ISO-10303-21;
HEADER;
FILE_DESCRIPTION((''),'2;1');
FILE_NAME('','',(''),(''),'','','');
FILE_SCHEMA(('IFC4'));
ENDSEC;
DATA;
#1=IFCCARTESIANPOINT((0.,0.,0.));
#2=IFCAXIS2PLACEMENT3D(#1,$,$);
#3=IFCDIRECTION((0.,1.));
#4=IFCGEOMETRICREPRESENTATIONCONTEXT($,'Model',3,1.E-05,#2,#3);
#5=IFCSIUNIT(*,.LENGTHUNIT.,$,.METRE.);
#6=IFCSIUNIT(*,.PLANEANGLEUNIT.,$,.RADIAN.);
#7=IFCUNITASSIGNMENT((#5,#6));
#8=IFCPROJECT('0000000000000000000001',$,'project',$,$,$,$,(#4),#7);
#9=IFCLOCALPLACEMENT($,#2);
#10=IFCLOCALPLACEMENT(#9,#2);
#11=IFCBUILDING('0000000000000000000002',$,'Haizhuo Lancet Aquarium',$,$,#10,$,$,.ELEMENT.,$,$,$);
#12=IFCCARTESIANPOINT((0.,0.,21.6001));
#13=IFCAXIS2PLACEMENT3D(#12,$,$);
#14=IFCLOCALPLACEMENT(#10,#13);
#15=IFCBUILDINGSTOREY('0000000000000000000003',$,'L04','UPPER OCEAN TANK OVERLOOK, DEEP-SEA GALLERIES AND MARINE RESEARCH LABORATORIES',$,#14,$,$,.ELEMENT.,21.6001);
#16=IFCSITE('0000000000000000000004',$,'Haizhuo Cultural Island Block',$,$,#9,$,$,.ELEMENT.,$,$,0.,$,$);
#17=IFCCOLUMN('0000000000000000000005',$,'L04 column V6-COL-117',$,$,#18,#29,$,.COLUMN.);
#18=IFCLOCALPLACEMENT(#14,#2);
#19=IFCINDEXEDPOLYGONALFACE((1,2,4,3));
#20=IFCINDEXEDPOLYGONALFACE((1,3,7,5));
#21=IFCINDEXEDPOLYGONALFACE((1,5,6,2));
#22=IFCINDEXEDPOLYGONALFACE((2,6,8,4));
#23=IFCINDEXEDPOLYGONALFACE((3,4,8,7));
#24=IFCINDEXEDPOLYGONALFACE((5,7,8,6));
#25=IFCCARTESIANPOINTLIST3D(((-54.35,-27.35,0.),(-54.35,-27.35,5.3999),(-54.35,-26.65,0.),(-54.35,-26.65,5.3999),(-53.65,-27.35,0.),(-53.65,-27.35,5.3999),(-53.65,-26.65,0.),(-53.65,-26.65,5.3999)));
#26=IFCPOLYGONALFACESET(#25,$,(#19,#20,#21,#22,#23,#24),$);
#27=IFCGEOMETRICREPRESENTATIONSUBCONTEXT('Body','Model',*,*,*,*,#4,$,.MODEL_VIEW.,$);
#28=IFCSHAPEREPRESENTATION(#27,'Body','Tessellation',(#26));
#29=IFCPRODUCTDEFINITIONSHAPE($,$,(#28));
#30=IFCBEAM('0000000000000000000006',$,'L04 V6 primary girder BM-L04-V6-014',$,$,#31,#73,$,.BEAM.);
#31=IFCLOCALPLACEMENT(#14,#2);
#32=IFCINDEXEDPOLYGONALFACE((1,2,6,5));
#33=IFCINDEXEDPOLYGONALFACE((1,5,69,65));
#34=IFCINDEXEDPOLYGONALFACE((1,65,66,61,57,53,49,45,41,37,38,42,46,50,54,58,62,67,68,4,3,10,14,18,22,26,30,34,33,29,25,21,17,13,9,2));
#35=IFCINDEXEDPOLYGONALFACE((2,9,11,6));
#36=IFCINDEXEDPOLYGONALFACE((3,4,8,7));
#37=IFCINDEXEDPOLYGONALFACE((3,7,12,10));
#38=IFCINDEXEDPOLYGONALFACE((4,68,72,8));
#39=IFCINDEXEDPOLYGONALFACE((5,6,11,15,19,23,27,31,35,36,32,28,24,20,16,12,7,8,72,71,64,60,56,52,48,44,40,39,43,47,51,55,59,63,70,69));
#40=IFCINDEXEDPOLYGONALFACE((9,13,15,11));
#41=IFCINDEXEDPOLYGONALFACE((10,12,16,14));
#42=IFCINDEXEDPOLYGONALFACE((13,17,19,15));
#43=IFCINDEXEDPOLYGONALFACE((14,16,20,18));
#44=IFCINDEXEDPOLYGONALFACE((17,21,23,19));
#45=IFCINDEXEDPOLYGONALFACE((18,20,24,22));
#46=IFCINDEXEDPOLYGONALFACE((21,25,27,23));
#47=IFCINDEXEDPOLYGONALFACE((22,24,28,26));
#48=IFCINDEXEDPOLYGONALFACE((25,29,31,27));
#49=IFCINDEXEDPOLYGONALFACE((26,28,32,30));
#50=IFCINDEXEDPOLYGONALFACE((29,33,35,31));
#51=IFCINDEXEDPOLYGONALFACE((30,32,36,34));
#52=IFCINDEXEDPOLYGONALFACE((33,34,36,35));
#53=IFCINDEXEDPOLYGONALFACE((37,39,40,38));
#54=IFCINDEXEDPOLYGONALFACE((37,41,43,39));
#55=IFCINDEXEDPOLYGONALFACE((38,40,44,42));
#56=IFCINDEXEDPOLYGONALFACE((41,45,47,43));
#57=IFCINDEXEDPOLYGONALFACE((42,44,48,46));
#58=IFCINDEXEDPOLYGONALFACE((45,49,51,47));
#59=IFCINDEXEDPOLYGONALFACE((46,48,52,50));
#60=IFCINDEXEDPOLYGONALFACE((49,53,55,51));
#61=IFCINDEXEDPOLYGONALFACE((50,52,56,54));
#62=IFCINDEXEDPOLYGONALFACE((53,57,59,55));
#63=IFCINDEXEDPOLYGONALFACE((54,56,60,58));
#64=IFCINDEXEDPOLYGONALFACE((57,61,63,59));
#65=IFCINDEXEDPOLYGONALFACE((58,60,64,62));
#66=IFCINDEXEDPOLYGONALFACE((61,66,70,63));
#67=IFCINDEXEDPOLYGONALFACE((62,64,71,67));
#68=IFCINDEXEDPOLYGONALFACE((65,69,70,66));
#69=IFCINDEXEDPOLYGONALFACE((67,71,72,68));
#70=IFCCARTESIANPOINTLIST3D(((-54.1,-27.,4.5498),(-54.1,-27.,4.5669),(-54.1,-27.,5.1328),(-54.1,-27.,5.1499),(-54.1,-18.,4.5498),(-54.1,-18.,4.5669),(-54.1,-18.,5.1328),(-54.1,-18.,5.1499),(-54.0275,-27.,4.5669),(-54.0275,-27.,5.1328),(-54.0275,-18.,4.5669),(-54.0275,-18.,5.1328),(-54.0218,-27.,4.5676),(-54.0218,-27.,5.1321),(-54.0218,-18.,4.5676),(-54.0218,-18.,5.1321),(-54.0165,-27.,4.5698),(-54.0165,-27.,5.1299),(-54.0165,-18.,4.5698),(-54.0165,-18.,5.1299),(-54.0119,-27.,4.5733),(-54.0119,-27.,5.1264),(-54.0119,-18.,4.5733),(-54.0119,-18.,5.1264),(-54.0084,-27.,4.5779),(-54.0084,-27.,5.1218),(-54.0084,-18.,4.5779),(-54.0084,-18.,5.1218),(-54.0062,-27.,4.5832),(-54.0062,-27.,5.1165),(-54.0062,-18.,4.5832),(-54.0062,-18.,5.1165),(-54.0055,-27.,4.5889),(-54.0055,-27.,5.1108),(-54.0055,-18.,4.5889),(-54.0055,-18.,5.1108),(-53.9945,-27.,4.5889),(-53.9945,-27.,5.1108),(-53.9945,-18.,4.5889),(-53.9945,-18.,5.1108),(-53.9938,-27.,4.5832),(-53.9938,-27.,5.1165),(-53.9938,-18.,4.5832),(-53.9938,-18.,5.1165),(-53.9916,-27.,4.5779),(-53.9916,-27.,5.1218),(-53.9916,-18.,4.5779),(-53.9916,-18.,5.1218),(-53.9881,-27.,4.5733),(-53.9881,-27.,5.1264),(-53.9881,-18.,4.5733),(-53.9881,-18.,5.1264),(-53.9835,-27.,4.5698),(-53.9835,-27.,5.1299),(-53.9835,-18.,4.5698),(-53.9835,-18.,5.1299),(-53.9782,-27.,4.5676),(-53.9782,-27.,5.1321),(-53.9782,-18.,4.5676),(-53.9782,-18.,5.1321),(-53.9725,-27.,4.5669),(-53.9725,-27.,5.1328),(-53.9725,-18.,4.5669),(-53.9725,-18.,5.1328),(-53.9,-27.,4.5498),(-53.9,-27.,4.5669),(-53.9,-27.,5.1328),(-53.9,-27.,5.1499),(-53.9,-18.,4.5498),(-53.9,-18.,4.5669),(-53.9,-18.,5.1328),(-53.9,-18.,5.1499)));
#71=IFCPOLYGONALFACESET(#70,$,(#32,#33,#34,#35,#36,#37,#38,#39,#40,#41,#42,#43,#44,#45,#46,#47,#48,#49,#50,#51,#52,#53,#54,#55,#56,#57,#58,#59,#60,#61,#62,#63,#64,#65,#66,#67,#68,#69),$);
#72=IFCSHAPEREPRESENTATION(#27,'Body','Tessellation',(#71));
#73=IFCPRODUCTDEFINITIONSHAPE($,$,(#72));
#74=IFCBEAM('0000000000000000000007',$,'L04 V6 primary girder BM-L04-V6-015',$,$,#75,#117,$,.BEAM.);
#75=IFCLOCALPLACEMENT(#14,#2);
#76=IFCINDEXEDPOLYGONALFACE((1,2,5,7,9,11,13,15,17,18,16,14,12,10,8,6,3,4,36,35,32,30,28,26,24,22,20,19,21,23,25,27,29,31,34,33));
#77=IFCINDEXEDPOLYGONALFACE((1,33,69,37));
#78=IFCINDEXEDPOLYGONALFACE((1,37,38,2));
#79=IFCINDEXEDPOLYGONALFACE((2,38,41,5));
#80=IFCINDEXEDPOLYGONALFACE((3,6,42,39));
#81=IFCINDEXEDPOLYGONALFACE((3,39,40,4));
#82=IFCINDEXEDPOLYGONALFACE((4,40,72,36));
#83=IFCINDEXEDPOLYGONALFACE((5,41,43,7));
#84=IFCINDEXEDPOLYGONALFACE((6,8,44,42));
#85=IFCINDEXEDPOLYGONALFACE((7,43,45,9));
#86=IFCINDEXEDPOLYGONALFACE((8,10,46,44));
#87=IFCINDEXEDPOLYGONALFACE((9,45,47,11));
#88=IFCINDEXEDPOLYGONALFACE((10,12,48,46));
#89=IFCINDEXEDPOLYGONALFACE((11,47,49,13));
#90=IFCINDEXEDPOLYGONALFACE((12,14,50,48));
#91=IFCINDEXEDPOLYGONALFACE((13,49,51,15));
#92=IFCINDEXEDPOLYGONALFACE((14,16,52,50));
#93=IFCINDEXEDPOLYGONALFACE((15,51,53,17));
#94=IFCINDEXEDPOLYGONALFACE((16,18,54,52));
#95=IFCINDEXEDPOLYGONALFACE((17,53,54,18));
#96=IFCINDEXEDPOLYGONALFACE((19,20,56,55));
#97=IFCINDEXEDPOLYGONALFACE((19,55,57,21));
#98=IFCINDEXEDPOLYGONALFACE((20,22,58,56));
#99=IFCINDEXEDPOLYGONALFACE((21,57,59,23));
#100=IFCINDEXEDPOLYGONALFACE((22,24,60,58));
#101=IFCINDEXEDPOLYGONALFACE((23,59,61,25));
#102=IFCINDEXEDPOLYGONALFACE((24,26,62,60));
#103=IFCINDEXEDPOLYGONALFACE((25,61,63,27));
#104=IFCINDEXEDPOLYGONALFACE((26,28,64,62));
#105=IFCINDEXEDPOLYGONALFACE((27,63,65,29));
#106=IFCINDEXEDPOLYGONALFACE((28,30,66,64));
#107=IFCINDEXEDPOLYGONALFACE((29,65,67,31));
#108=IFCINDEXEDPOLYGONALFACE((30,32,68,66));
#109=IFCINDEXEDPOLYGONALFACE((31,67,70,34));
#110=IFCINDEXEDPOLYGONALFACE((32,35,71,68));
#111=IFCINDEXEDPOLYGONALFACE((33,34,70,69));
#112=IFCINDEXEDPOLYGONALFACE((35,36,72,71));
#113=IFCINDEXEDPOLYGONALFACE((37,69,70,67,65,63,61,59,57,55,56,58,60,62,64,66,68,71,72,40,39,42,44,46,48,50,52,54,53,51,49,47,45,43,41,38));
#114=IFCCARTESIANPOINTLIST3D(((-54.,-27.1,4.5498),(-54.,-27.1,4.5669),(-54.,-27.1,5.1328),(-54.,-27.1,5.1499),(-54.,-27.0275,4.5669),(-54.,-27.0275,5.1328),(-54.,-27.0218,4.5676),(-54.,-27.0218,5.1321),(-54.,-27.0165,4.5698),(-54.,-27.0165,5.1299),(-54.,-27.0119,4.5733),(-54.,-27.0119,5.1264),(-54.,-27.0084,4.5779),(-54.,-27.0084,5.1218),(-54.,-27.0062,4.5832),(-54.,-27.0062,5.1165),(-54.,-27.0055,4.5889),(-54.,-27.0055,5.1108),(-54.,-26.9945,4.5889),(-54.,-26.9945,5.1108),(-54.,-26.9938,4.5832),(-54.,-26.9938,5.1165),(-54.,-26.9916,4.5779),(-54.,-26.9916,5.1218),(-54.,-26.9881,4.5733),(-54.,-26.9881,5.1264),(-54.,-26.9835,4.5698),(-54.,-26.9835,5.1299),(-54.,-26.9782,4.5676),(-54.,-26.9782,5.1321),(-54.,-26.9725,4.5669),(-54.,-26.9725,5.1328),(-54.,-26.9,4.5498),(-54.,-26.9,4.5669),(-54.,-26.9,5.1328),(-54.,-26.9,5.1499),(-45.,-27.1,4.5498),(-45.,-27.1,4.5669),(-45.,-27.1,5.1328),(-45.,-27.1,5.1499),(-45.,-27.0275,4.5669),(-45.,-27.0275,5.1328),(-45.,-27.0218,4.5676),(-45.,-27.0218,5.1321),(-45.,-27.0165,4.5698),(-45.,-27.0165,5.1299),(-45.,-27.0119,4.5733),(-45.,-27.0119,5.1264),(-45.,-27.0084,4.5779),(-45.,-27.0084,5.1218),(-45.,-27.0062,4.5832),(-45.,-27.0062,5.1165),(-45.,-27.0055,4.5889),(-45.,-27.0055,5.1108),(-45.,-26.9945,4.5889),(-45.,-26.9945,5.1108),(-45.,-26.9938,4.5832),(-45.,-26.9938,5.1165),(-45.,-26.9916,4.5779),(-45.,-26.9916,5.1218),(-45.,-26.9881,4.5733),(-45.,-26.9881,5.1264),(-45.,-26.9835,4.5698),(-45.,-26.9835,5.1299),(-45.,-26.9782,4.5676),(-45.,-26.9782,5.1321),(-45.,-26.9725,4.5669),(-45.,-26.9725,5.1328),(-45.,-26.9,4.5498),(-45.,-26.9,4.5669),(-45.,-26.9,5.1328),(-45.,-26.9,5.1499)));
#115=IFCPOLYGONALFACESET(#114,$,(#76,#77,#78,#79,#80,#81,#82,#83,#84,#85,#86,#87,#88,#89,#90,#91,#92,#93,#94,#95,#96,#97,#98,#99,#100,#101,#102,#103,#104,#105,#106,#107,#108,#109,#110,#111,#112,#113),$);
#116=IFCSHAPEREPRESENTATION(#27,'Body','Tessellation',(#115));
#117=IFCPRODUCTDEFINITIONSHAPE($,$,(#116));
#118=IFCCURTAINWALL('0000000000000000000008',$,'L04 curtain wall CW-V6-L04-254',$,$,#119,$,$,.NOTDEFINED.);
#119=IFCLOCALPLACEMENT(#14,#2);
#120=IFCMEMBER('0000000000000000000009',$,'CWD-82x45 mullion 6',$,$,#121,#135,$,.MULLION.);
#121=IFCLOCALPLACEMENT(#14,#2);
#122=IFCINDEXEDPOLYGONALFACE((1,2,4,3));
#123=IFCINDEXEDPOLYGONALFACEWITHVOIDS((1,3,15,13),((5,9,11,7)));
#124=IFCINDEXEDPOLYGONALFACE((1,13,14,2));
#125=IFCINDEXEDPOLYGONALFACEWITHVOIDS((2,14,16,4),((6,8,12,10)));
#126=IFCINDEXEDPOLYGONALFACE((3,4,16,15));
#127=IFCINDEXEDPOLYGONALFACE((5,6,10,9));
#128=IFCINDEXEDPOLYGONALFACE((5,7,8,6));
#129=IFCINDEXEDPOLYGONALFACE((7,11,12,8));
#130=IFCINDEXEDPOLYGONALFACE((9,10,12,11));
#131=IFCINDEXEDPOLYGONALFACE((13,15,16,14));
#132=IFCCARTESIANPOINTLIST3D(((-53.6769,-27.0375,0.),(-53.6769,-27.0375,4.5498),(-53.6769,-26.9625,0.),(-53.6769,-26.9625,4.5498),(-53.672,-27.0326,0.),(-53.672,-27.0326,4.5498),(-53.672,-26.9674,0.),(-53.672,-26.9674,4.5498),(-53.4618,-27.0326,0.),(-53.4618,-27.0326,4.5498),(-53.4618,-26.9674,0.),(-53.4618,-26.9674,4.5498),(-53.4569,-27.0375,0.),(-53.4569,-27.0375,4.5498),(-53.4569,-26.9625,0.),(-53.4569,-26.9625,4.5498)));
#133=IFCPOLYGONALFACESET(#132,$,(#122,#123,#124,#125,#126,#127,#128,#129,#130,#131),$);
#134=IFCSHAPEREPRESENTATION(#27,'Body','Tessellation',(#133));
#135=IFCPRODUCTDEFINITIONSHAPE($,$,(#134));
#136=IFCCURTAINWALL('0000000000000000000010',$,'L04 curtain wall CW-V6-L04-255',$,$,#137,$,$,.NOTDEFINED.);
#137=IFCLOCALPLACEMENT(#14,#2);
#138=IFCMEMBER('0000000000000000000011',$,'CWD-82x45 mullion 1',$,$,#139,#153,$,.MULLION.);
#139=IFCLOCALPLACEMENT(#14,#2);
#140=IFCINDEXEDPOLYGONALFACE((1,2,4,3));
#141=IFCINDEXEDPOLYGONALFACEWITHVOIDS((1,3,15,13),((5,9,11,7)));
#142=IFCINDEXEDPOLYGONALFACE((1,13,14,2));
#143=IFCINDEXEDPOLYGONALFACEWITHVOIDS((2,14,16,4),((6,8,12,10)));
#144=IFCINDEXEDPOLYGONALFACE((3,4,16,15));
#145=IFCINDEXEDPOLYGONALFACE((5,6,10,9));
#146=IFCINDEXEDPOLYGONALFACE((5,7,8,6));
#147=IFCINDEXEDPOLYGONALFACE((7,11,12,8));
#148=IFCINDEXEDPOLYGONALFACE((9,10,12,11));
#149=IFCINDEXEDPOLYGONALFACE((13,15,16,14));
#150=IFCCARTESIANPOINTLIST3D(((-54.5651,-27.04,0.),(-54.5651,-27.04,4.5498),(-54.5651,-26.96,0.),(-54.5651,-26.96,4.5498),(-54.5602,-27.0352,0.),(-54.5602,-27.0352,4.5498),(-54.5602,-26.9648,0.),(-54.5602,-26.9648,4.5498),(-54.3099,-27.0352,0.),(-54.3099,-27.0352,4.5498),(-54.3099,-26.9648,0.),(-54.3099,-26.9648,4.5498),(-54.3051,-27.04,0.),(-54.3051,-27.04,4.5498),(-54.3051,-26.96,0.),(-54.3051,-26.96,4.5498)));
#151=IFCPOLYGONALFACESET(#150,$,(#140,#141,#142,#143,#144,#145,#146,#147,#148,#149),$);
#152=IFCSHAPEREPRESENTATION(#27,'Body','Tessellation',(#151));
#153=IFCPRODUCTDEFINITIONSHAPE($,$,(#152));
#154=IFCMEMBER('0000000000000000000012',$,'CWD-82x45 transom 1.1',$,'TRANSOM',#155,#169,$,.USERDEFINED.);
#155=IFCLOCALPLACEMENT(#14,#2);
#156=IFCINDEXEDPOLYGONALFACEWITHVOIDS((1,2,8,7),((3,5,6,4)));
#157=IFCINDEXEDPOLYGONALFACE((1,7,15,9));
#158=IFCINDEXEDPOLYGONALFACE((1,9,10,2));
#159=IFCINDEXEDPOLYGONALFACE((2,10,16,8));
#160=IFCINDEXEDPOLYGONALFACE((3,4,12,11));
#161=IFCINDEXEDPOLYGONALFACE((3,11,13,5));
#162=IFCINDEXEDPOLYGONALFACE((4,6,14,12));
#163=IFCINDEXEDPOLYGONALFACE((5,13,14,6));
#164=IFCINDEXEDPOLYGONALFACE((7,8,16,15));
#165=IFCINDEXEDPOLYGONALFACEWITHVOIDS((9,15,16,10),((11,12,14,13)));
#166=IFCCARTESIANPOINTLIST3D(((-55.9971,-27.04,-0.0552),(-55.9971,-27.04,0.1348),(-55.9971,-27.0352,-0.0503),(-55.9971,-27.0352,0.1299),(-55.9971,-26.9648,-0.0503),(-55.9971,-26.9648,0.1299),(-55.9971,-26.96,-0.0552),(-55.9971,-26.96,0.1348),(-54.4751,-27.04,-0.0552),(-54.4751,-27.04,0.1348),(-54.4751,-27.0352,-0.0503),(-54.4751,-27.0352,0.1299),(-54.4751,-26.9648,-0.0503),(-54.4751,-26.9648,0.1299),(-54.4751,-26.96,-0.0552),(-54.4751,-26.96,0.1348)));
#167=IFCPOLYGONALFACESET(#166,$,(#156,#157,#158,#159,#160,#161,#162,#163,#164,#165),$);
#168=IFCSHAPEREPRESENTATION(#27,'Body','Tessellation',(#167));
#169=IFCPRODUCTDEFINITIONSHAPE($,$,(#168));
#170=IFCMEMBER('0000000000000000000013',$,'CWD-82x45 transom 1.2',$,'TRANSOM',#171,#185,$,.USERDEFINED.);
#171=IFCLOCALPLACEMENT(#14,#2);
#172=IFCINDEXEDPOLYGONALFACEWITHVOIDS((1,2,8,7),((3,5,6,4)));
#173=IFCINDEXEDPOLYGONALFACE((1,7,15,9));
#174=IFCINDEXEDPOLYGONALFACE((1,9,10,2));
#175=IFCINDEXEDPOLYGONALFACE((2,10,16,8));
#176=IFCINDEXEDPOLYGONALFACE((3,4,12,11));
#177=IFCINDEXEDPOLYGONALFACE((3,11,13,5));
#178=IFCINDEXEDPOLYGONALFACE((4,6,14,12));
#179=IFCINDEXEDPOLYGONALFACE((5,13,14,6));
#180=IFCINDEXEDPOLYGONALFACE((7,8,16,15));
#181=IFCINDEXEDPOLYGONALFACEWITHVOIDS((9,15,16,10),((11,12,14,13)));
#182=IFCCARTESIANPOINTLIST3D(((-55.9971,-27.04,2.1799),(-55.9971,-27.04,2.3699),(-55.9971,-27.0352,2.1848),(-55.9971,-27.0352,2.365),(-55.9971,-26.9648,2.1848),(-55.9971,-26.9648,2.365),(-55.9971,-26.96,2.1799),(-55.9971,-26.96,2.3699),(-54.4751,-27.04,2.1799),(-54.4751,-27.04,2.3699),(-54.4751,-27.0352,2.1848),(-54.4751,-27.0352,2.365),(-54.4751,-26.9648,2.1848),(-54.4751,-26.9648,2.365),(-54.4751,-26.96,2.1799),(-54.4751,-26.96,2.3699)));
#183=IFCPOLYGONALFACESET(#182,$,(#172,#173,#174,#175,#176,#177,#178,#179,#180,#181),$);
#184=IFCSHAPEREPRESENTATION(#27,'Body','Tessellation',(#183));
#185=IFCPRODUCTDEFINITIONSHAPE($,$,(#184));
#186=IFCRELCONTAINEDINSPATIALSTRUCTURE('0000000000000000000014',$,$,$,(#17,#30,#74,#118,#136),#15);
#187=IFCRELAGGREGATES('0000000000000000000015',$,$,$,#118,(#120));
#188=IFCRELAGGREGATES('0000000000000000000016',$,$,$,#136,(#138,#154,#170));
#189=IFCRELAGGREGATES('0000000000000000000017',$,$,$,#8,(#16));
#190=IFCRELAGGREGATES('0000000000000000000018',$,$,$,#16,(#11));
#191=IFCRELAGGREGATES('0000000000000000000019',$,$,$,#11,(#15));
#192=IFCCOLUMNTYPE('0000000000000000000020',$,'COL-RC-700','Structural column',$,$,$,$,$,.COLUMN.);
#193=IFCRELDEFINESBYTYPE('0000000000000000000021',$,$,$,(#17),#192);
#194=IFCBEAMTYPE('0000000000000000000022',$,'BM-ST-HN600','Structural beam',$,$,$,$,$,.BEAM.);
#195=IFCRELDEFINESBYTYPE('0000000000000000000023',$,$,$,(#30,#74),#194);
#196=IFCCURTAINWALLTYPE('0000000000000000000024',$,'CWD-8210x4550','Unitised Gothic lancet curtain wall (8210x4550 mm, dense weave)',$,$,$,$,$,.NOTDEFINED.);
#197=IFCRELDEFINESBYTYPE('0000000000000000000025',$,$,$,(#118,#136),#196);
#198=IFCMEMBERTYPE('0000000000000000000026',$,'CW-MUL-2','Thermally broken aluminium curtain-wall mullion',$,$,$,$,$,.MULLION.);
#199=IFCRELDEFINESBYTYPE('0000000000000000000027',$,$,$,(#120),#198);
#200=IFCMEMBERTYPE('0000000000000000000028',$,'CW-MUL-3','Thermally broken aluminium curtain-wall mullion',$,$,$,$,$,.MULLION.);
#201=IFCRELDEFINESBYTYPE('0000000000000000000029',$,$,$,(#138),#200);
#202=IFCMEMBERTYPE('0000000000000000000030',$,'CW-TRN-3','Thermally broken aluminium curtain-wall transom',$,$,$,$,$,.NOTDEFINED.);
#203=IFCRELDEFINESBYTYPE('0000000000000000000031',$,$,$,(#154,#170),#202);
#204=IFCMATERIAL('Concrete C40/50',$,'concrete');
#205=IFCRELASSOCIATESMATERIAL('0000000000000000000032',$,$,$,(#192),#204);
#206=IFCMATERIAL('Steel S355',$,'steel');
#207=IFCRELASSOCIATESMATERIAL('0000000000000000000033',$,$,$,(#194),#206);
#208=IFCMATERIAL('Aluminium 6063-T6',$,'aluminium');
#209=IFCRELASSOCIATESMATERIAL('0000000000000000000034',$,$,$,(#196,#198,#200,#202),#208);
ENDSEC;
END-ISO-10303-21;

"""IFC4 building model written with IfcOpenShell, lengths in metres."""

from ifc_helpers import new_model, si_unit, direction, frame, origin, origin_2d, place, context, subcontext, project, spatial, rectangle, hollow_rectangle, i_section, extrude, material, material_profile, profile_set, type_object, element, aggregate, save


model = new_model("IFC4")

# Units and contexts
model_context = context("Model", 3, precision=1e-05, world=origin(), true_north=direction((0.0, 1.0)))
body_context = subcontext(model_context, "Body", "Model", "MODEL_VIEW")
ifc_project = project(units=[si_unit("LENGTHUNIT", "METRE"), si_unit("PLANEANGLEUNIT", "RADIAN")], contexts=[model_context])

# Site, building, storey
site_placement = place(None, origin())
site = spatial("IfcSite", under=ifc_project, at=site_placement, Name="Haizhuo Cultural Island Block", CompositionType="ELEMENT", RefElevation=0.0)
building_placement = place(site_placement, origin())
building = spatial("IfcBuilding", under=site, at=building_placement, Name="Haizhuo Lancet Aquarium", CompositionType="ELEMENT")
storey_placement = place(building_placement, frame((0.0, 0.0, 21.6001)))
storey = spatial("IfcBuildingStorey", under=building, at=storey_placement, Name="L04", Description="UPPER OCEAN TANK OVERLOOK, DEEP-SEA GALLERIES AND MARINE RESEARCH LABORATORIES", CompositionType="ELEMENT", Elevation=21.6001)

# Column
ifc_material_1 = material(Name="Concrete C40/50", Category="concrete")
ifc_material_profile_1 = material_profile(ifc_material_1, rectangle(XDim=0.7, YDim=0.7, at=origin_2d()), Name="RC-COL 700x700")
ifc_profile_set_1 = profile_set([ifc_material_profile_1], Name="Concrete C40/50")
column_type = type_object("IfcColumnType", Name="COL-RC-700", Description="Structural column", PredefinedType="COLUMN", material=ifc_profile_set_1)
column_placement = place(storey_placement, frame((-54.0, -27.0, 0.0), z_axis=(0.0, 0.0, 1.0), x_axis=(1.0, 0.0, 0.0)))
element("IfcColumn", 1, at=column_placement, inside=storey, type_object=column_type, Name="L04 column V6-COL-117", PredefinedType="COLUMN", context=body_context, shape_type="SweptSolid", body=[
    extrude(rectangle(XDim=0.7, YDim=0.7, at=origin_2d()), origin(), (0.0, 0.0, 1.0), 5.3999),
])

# Beams
ifc_material_2 = material(Name="Steel S355", Category="steel")
ifc_material_profile_2 = material_profile(ifc_material_2, i_section(OverallWidth=0.2, OverallDepth=0.6001, WebThickness=0.011, FlangeThickness=0.0171, FilletRadius=0.022, at=origin_2d()), Name="HN 600x200x11x17")
ifc_profile_set_2 = profile_set([ifc_material_profile_2], Name="Steel S355")
beam_type = type_object("IfcBeamType", Name="BM-ST-HN600", Description="Structural beam", PredefinedType="BEAM", material=ifc_profile_set_2)
for number, where, z_axis, x_axis, name in (
    (2, (-54.0, -27.0, 4.8499), (0.0, 1.0, 0.0), (-1.0, 0.0, 0.0), "L04 V6 primary girder BM-L04-V6-014"),
    (3, (-54.0, -27.0, 4.8499), (1.0, 0.0, 0.0), (0.0, 1.0, 0.0), "L04 V6 primary girder BM-L04-V6-015"),
):
    element("IfcBeam", number, at=place(storey_placement, frame(where, z_axis=z_axis, x_axis=x_axis)), inside=storey, type_object=beam_type, Name=name, PredefinedType="BEAM", context=body_context, shape_type="SweptSolid", body=[
        extrude(i_section(OverallWidth=0.2, OverallDepth=0.6001, WebThickness=0.011, FlangeThickness=0.0171, FilletRadius=0.022, at=origin_2d()), origin(), (0.0, 0.0, 1.0), 9.0),
    ])

# Curtain wall, member
ifc_material_3 = material(Name="Aluminium 6063-T6", Category="aluminium")
curtain_wall_type = type_object("IfcCurtainWallType", Name="CWD-8210x4550", Description="Unitised Gothic lancet curtain wall (8210x4550 mm, dense weave)", PredefinedType="NOTDEFINED", material=ifc_material_3)
curtain_wall_1_placement = place(storey_placement, origin())
curtain_wall_1 = element("IfcCurtainWall", 4, at=curtain_wall_1_placement, inside=storey, type_object=curtain_wall_type, Name="L04 curtain wall CW-V6-L04-254", PredefinedType="NOTDEFINED")
ifc_material_profile_3 = material_profile(ifc_material_3, hollow_rectangle(XDim=0.075, YDim=0.22, WallThickness=0.0049, at=origin_2d()), Name="ALU-M 75x220x5")
ifc_profile_set_3 = profile_set([ifc_material_profile_3], Name="Aluminium 6063-T6")
member_type_1 = type_object("IfcMemberType", Name="CW-MUL-2", Description="Thermally broken aluminium curtain-wall mullion", PredefinedType="MULLION", material=ifc_profile_set_3)
member_1_placement = place(storey_placement, frame((-53.5669, -27.0, 0.0), z_axis=(0.0, 0.0, 1.0), x_axis=(0.0, -1.0, 0.0)))
member_1 = element("IfcMember", 5, at=member_1_placement, type_object=member_type_1, Name="CWD-82x45 mullion 6", PredefinedType="MULLION", context=body_context, shape_type="SweptSolid", body=[
    extrude(hollow_rectangle(XDim=0.075, YDim=0.22, WallThickness=0.0049, at=origin_2d()), origin(), (0.0, 0.0, 1.0), 4.5498),
])
aggregate(curtain_wall_1, [member_1])

# Curtain wall, members
curtain_wall_2_placement = place(storey_placement, origin())
curtain_wall_2 = element("IfcCurtainWall", 6, at=curtain_wall_2_placement, inside=storey, type_object=curtain_wall_type, Name="L04 curtain wall CW-V6-L04-255", PredefinedType="NOTDEFINED")
ifc_material_profile_4 = material_profile(ifc_material_3, hollow_rectangle(XDim=0.0801, YDim=0.26, WallThickness=0.0049, at=origin_2d()), Name="ALU-M 80x260x5")
ifc_profile_set_4 = profile_set([ifc_material_profile_4], Name="Aluminium 6063-T6")
member_type_2 = type_object("IfcMemberType", Name="CW-MUL-3", Description="Thermally broken aluminium curtain-wall mullion", PredefinedType="MULLION", material=ifc_profile_set_4)
member_2_placement = place(storey_placement, frame((-54.4351, -27.0, 0.0), z_axis=(0.0, 0.0, 1.0), x_axis=(0.0, -1.0, 0.0)))
member_2 = element("IfcMember", 7, at=member_2_placement, type_object=member_type_2, Name="CWD-82x45 mullion 1", PredefinedType="MULLION", context=body_context, shape_type="SweptSolid", body=[
    extrude(hollow_rectangle(XDim=0.0801, YDim=0.26, WallThickness=0.0049, at=origin_2d()), origin(), (0.0, 0.0, 1.0), 4.5498),
])
ifc_material_profile_5 = material_profile(ifc_material_3, hollow_rectangle(XDim=0.0801, YDim=0.1899, WallThickness=0.0049, at=origin_2d()), Name="ALU-T 80x190x5")
ifc_profile_set_5 = profile_set([ifc_material_profile_5], Name="Aluminium 6063-T6")
member_type_3 = type_object("IfcMemberType", Name="CW-TRN-3", Description="Thermally broken aluminium curtain-wall transom", PredefinedType="NOTDEFINED", material=ifc_profile_set_5)
member_3_placement = place(storey_placement, frame((-54.4751, -27.0, 0.0398), z_axis=(-1.0, 0.0, 0.0), x_axis=(0.0, -1.0, 0.0)))
member_3 = element("IfcMember", 8, at=member_3_placement, type_object=member_type_3, Name="CWD-82x45 transom 1.1", ObjectType="TRANSOM", PredefinedType="USERDEFINED", context=body_context, shape_type="SweptSolid", body=[
    extrude(hollow_rectangle(XDim=0.0801, YDim=0.1899, WallThickness=0.0049, at=origin_2d()), origin(), (0.0, 0.0, 1.0), 1.522),
])
member_4_placement = place(storey_placement, frame((-54.4751, -27.0, 2.2749), z_axis=(-1.0, 0.0, 0.0), x_axis=(0.0, -1.0, 0.0)))
member_4 = element("IfcMember", 9, at=member_4_placement, type_object=member_type_3, Name="CWD-82x45 transom 1.2", ObjectType="TRANSOM", PredefinedType="USERDEFINED", context=body_context, shape_type="SweptSolid", body=[
    extrude(hollow_rectangle(XDim=0.0801, YDim=0.1899, WallThickness=0.0049, at=origin_2d()), origin(), (0.0, 0.0, 1.0), 1.522),
])

aggregate(curtain_wall_2, [member_2, member_3, member_4])

save(model, "model.ifc")
